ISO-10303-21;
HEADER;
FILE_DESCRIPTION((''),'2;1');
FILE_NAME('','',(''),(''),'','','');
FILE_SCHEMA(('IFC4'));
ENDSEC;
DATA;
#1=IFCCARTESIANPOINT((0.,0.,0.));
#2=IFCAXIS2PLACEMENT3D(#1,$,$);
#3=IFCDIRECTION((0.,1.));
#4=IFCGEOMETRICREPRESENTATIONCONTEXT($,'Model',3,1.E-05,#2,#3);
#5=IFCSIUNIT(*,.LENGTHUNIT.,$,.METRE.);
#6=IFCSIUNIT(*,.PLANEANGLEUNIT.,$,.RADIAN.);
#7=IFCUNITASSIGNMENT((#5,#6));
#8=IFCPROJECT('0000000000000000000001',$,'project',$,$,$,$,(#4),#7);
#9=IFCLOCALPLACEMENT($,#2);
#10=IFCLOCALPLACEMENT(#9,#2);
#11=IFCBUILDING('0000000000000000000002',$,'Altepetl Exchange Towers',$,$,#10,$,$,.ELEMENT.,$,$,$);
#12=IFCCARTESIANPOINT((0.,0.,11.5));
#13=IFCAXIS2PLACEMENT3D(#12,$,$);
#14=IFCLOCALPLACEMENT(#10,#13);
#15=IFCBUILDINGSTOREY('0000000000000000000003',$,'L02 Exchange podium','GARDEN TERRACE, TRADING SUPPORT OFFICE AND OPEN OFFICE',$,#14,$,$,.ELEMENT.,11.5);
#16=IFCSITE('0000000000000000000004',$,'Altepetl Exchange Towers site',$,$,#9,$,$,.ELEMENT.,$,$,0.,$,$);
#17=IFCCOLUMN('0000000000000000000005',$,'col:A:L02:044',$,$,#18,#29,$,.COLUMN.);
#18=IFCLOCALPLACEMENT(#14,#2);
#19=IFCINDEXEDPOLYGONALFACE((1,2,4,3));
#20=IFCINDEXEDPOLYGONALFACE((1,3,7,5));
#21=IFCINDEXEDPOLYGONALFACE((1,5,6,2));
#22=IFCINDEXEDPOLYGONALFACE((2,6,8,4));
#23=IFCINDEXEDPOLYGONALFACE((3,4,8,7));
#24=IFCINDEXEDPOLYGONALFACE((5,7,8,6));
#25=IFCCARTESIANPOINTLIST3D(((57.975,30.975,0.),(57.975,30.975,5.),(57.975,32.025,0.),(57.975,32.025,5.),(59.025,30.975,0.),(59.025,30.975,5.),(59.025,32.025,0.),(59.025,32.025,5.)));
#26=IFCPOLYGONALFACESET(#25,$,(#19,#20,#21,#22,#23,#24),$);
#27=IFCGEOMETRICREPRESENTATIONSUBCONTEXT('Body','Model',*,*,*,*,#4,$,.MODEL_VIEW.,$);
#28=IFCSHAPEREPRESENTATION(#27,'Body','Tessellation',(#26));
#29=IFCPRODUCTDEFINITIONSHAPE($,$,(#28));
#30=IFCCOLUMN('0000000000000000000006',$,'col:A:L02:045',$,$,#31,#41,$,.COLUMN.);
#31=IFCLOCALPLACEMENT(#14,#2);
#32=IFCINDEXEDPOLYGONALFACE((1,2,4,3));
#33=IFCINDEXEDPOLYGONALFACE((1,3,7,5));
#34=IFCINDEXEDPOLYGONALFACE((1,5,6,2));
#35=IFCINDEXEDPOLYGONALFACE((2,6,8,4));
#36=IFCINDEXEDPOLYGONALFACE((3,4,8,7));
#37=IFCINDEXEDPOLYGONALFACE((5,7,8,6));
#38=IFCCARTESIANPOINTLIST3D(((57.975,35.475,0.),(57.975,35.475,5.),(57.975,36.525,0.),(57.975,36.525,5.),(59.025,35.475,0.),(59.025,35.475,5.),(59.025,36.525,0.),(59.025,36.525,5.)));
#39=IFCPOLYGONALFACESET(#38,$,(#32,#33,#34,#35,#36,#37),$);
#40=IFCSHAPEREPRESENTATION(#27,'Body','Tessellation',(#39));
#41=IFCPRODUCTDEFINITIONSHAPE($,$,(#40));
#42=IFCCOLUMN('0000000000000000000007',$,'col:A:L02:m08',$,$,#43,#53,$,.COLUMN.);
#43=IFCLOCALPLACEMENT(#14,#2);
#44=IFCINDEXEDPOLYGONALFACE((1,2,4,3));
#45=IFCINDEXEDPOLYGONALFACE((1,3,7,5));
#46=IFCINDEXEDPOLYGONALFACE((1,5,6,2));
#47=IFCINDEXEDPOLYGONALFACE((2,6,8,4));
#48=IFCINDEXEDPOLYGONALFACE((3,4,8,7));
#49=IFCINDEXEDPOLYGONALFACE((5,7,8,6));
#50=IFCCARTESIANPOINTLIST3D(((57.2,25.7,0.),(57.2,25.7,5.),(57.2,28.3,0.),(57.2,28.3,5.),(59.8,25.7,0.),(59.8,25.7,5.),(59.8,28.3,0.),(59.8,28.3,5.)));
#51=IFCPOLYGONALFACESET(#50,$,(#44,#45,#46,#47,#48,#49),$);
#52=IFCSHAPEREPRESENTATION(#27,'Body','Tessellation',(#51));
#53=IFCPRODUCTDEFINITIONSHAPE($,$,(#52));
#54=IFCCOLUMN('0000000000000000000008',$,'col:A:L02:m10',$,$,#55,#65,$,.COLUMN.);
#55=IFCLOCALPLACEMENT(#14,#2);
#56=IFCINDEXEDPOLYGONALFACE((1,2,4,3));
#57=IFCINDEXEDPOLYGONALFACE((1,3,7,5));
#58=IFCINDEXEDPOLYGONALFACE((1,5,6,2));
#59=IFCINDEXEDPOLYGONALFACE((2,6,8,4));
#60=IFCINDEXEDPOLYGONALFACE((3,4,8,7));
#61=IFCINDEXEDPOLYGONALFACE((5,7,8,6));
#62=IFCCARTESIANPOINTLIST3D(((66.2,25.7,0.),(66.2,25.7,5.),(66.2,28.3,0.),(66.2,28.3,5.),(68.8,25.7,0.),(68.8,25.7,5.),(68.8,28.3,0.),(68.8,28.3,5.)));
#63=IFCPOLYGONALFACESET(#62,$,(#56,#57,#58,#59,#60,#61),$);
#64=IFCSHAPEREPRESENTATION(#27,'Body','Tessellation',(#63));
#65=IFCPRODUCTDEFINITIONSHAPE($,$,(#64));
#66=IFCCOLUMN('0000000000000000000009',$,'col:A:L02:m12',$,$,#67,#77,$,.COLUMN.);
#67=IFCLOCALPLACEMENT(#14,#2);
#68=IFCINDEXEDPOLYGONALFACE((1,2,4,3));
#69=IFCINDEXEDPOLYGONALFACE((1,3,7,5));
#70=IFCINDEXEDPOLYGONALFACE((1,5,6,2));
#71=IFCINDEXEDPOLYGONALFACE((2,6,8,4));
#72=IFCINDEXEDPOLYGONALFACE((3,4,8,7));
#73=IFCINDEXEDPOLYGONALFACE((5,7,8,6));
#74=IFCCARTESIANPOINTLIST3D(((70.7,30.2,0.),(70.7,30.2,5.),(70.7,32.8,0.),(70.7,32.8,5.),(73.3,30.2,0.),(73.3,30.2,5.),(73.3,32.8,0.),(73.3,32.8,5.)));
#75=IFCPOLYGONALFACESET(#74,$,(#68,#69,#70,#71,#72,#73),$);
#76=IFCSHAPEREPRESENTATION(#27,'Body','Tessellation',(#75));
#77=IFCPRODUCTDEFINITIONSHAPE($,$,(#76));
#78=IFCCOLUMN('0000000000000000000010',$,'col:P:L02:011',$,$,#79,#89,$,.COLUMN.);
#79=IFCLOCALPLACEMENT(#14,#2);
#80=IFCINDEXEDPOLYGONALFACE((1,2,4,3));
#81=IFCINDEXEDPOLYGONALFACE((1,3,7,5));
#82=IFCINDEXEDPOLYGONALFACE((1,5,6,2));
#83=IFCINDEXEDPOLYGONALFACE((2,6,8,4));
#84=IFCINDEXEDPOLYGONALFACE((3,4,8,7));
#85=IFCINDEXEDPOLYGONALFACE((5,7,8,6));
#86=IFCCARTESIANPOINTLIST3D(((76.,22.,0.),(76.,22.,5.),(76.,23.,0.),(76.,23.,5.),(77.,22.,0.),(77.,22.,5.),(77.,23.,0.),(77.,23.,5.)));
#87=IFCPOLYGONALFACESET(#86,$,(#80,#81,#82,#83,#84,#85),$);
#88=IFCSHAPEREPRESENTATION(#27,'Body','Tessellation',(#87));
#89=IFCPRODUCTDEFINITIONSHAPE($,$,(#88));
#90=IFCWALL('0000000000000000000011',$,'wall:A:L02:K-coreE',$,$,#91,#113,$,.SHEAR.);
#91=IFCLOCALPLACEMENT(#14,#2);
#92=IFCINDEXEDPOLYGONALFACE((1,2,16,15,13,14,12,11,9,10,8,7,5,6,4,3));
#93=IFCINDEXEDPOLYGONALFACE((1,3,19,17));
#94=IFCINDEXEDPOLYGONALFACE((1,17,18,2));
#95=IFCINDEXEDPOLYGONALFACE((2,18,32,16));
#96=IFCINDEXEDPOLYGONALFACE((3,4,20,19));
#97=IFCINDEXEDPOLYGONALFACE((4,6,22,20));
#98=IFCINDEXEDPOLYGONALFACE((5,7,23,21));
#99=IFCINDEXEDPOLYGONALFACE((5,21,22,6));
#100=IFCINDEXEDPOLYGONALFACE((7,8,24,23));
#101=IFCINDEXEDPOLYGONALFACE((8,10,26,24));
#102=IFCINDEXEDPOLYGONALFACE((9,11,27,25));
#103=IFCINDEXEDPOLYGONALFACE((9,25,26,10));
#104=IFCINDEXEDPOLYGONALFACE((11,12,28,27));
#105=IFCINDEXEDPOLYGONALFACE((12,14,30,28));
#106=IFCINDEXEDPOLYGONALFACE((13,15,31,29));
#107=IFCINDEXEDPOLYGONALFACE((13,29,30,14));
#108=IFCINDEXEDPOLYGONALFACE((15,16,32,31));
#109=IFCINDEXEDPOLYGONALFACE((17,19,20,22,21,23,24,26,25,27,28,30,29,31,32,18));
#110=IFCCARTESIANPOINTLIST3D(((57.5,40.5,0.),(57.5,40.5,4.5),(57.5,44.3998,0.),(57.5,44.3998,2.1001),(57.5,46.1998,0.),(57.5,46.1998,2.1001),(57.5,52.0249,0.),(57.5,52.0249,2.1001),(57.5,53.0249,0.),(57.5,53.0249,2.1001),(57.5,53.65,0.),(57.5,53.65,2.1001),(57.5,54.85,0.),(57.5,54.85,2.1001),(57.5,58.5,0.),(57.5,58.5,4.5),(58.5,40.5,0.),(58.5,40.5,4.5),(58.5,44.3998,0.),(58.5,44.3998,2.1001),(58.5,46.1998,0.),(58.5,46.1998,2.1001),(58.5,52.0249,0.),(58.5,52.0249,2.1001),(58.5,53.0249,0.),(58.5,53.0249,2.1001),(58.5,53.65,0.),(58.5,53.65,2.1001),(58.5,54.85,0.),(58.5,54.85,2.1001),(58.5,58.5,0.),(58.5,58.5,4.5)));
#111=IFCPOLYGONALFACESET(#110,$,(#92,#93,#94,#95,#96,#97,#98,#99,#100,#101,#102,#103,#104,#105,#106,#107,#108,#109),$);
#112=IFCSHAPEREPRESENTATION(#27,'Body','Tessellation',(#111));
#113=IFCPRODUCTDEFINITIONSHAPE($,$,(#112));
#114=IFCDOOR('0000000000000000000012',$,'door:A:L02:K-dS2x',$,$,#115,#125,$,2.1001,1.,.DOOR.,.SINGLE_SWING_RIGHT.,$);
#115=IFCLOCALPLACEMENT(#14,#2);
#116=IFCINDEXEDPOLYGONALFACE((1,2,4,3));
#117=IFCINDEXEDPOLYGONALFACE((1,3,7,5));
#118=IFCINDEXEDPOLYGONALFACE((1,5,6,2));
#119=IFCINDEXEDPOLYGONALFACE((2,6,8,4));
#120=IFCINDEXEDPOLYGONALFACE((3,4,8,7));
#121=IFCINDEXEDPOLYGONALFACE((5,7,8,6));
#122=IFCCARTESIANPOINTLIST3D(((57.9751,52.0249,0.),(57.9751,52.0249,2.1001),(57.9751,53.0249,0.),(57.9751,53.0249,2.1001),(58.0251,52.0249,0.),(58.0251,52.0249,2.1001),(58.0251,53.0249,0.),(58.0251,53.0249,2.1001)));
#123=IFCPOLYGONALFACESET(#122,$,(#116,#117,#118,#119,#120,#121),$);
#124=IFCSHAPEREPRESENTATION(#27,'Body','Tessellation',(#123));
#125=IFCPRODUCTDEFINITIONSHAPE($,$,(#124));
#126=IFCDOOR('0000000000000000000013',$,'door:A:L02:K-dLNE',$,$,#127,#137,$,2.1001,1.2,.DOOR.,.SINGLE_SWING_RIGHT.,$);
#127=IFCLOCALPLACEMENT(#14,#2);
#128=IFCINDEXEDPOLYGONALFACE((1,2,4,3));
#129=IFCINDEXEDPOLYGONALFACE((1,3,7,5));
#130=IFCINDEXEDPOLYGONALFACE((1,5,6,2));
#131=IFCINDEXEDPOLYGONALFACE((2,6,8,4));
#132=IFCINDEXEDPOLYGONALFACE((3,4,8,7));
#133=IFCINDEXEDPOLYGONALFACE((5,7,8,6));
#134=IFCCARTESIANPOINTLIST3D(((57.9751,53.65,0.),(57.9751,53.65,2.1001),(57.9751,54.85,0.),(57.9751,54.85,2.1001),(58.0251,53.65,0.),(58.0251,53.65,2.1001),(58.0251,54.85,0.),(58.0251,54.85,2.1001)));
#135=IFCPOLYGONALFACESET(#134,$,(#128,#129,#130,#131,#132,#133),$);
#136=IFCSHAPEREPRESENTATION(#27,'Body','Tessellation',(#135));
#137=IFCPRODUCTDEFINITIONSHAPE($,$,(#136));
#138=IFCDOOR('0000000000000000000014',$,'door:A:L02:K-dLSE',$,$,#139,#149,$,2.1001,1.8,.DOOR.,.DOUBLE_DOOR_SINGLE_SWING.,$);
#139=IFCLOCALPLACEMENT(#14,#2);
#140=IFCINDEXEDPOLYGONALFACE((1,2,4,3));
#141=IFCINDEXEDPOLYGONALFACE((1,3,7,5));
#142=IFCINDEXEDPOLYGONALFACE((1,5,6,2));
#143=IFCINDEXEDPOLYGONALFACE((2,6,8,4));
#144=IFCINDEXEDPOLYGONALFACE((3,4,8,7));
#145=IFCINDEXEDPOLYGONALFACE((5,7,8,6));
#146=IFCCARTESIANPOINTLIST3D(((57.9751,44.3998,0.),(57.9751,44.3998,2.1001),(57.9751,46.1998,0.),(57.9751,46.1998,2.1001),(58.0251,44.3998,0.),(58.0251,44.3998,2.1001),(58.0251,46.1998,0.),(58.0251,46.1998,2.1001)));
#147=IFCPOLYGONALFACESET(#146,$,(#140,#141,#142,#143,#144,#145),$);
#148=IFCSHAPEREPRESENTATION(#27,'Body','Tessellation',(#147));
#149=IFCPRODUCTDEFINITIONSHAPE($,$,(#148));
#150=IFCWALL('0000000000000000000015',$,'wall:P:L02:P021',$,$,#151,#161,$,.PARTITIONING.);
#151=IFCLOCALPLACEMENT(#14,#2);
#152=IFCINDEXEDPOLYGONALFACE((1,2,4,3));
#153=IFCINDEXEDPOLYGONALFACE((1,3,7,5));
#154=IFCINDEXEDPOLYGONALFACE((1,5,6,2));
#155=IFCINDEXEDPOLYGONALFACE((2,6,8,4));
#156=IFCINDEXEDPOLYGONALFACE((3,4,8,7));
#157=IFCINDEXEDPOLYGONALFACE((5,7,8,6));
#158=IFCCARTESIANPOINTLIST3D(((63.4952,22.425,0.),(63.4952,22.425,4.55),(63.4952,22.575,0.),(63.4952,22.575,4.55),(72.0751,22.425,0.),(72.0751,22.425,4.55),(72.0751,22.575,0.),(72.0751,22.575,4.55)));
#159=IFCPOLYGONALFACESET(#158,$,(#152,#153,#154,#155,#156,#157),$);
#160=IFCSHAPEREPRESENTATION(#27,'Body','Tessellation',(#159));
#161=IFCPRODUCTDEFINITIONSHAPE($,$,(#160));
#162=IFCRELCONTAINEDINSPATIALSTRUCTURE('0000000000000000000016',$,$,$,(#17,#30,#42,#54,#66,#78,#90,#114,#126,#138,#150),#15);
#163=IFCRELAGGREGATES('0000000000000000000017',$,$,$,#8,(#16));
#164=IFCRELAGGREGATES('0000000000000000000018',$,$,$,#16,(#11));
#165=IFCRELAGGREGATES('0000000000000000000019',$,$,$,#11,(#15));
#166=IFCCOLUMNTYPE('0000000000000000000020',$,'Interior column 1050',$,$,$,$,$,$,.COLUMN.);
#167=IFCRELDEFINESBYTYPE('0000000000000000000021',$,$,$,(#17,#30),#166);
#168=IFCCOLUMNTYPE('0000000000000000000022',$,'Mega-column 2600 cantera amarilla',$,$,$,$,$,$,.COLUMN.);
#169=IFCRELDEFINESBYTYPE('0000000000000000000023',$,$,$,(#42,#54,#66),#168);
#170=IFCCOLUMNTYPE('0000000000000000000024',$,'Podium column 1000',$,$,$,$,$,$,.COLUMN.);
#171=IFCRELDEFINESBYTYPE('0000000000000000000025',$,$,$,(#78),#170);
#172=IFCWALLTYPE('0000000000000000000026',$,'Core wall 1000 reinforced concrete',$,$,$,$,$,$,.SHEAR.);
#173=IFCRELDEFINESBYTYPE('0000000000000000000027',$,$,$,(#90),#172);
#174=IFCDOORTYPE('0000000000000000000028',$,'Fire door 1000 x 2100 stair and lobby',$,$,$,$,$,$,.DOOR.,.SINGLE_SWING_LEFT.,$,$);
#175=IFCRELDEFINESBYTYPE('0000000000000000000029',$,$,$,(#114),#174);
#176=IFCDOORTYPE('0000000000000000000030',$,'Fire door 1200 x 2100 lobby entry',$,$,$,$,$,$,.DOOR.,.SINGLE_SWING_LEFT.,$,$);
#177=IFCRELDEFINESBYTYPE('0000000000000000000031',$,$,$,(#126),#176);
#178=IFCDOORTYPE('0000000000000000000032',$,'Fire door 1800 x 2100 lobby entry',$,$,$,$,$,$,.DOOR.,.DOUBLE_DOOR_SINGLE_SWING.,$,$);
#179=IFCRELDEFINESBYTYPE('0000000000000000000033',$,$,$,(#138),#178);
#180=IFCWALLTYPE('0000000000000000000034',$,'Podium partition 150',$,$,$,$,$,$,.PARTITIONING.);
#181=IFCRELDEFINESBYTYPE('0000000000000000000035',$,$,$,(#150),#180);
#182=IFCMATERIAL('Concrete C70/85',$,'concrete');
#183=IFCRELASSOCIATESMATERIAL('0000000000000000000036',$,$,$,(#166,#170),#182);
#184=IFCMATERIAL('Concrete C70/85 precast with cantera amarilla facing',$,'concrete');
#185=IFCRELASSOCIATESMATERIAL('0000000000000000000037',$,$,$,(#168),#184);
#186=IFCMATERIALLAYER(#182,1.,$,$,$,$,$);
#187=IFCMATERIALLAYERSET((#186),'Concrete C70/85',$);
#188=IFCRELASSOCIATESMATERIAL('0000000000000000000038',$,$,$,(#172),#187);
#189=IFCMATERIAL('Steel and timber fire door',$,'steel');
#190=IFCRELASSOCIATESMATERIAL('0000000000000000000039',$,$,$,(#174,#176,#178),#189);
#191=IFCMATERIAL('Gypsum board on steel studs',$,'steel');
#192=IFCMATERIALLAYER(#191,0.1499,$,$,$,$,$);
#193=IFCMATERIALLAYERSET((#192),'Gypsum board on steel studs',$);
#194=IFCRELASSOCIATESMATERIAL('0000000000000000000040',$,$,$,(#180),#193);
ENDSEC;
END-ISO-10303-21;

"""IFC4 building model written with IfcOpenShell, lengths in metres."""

from ifc_helpers import new_model, si_unit, direction, frame, frame_2d, origin, origin_2d, place, context, subcontext, project, spatial, rectangle, extrude, material, layer, layer_set, material_profile, profile_set, type_object, element, fill, save


model = new_model("IFC4")

# Units and contexts
model_context = context("Model", 3, precision=1e-05, world=origin(), true_north=direction((0.0, 1.0)))
body_context = subcontext(model_context, "Body", "Model", "MODEL_VIEW")
ifc_project = project(units=[si_unit("LENGTHUNIT", "METRE"), si_unit("PLANEANGLEUNIT", "RADIAN")], contexts=[model_context])

# Site, building, storey
site_placement = place(None, origin())
site = spatial("IfcSite", under=ifc_project, at=site_placement, Name="Altepetl Exchange Towers site", CompositionType="ELEMENT", RefElevation=0.0)
building_placement = place(site_placement, origin())
building = spatial("IfcBuilding", under=site, at=building_placement, Name="Altepetl Exchange Towers", CompositionType="ELEMENT")
storey_placement = place(building_placement, frame((0.0, 0.0, 11.5)))
storey = spatial("IfcBuildingStorey", under=building, at=storey_placement, Name="L02 Exchange podium", Description="GARDEN TERRACE, TRADING SUPPORT OFFICE AND OPEN OFFICE", CompositionType="ELEMENT", Elevation=11.5)

# Columns
ifc_material_1 = material(Name="Concrete C70/85", Category="concrete")
ifc_material_profile_1 = material_profile(ifc_material_1, rectangle(XDim=1.05, YDim=1.05, at=origin_2d()), Name="1050 x 1050")
ifc_profile_set_1 = profile_set([ifc_material_profile_1], Name="Concrete C70/85")
column_type_1 = type_object("IfcColumnType", Name="Interior column 1050", PredefinedType="COLUMN", material=ifc_profile_set_1)
for number, where, name in (
    (1, (58.5, 31.5, 0.0), "col:A:L02:044"),
    (2, (58.5, 36.0, 0.0), "col:A:L02:045"),
):
    element("IfcColumn", number, at=place(storey_placement, frame(where)), inside=storey, type_object=column_type_1, Name=name, PredefinedType="COLUMN", context=body_context, shape_type="SweptSolid", body=[
        extrude(rectangle(XDim=1.05, YDim=1.05, at=origin_2d()), origin(), (0.0, 0.0, 1.0), 5.0),
    ])
ifc_material_2 = material(Name="Concrete C70/85 precast with cantera amarilla facing", Category="concrete")
ifc_material_profile_2 = material_profile(ifc_material_2, rectangle(XDim=2.6001, YDim=2.6001, at=origin_2d()), Name="2600 x 2600")
ifc_profile_set_2 = profile_set([ifc_material_profile_2], Name="Concrete C70/85 precast with cantera amarilla facing")
column_type_2 = type_object("IfcColumnType", Name="Mega-column 2600 cantera amarilla", PredefinedType="COLUMN", material=ifc_profile_set_2)
for number, where, name in (
    (3, (58.5, 27.0, 0.0), "col:A:L02:m08"),
    (4, (67.5, 27.0, 0.0), "col:A:L02:m10"),
    (5, (72.0, 31.5, 0.0), "col:A:L02:m12"),
):
    element("IfcColumn", number, at=place(storey_placement, frame(where)), inside=storey, type_object=column_type_2, Name=name, PredefinedType="COLUMN", context=body_context, shape_type="SweptSolid", body=[
        extrude(rectangle(XDim=2.6001, YDim=2.6001, at=origin_2d()), origin(), (0.0, 0.0, 1.0), 5.0),
    ])
ifc_material_profile_3 = material_profile(ifc_material_1, rectangle(XDim=1.0, YDim=1.0, at=origin_2d()), Name="1000 x 1000")
ifc_profile_set_3 = profile_set([ifc_material_profile_3], Name="Concrete C70/85")
column_type_3 = type_object("IfcColumnType", Name="Podium column 1000", PredefinedType="COLUMN", material=ifc_profile_set_3)
column_placement = place(storey_placement, frame((76.5, 22.5, 0.0)))
element("IfcColumn", 6, at=column_placement, inside=storey, type_object=column_type_3, Name="col:P:L02:011", PredefinedType="COLUMN", context=body_context, shape_type="SweptSolid", body=[
    extrude(rectangle(XDim=1.0, YDim=1.0, at=origin_2d()), origin(), (0.0, 0.0, 1.0), 5.0),
])

# Wall, openings, doors
ifc_layer_1 = layer(ifc_material_1, 1.0)
ifc_layer_set_1 = layer_set([ifc_layer_1], Name="Concrete C70/85")
wall_type_1 = type_object("IfcWallType", Name="Core wall 1000 reinforced concrete", PredefinedType="SHEAR", material=ifc_layer_set_1)
wall_1_placement = place(storey_placement, frame((58.0, 40.5, 0.0), z_axis=(0.0, 0.0, 1.0), x_axis=(0.0, 1.0, 0.0)))
wall_1 = element("IfcWall", 7, at=wall_1_placement, inside=storey, type_object=wall_type_1, Name="wall:A:L02:K-coreE", PredefinedType="SHEAR", context=body_context, shape_type="SweptSolid", body=[
    extrude(rectangle(XDim=18.0, YDim=1.0, at=frame_2d((9.0, 0.0))), origin(), (0.0, 0.0, 1.0), 4.5),
])
opening_1_placement = place(wall_1_placement, frame((13.1499, 0.0, 0.0)))
opening_1 = element("IfcOpeningElement", 8, at=opening_1_placement, cuts=wall_1, PredefinedType="OPENING", context=body_context, shape_type="SweptSolid", body=[
    extrude(rectangle(XDim=1.2, YDim=2.1001, at=frame_2d((0.6001, 1.05))), frame((0.0, 0.51, 0.0), z_axis=(0.0, -1.0, 0.0), x_axis=(1.0, 0.0, 0.0)), (0.0, 0.0, 1.0), 1.02),
])
opening_2_placement = place(wall_1_placement, frame((3.8999, 0.0, 0.0)))
opening_2 = element("IfcOpeningElement", 9, at=opening_2_placement, cuts=wall_1, PredefinedType="OPENING", context=body_context, shape_type="SweptSolid", body=[
    extrude(rectangle(XDim=1.8, YDim=2.1001, at=frame_2d((0.8999, 1.05))), frame((0.0, 0.51, 0.0), z_axis=(0.0, -1.0, 0.0), x_axis=(1.0, 0.0, 0.0)), (0.0, 0.0, 1.0), 1.02),
])
opening_3_placement = place(wall_1_placement, frame((11.5249, 0.0, 0.0)))
opening_3 = element("IfcOpeningElement", 10, at=opening_3_placement, cuts=wall_1, PredefinedType="OPENING", context=body_context, shape_type="SweptSolid", body=[
    extrude(rectangle(XDim=1.0, YDim=2.1001, at=frame_2d((0.5, 1.05))), frame((0.0, 0.51, 0.0), z_axis=(0.0, -1.0, 0.0), x_axis=(1.0, 0.0, 0.0)), (0.0, 0.0, 1.0), 1.02),
])
ifc_material_3 = material(Name="Steel and timber fire door", Category="steel")
door_type_1 = type_object("IfcDoorType", Name="Fire door 1000 x 2100 stair and lobby", OperationType="SINGLE_SWING_LEFT", PredefinedType="DOOR", material=ifc_material_3)
door_1_placement = place(opening_3_placement, origin())
door_1 = element("IfcDoor", 11, at=door_1_placement, inside=storey, type_object=door_type_1, Name="door:A:L02:K-dS2x", OperationType="SINGLE_SWING_RIGHT", OverallHeight=2.1001, OverallWidth=1.0, PredefinedType="DOOR", context=body_context, shape_type="SweptSolid", body=[
    extrude(rectangle(XDim=1.0, YDim=2.1001, at=frame_2d((0.5, 1.05))), frame((0.0, 0.0249, 0.0), z_axis=(0.0, -1.0, 0.0), x_axis=(1.0, 0.0, 0.0)), (0.0, 0.0, 1.0), 0.05),
])
fill(opening_3, door_1)
door_type_2 = type_object("IfcDoorType", Name="Fire door 1200 x 2100 lobby entry", OperationType="SINGLE_SWING_LEFT", PredefinedType="DOOR", material=ifc_material_3)
door_2_placement = place(opening_1_placement, origin())
door_2 = element("IfcDoor", 12, at=door_2_placement, inside=storey, type_object=door_type_2, Name="door:A:L02:K-dLNE", OperationType="SINGLE_SWING_RIGHT", OverallHeight=2.1001, OverallWidth=1.2, PredefinedType="DOOR", context=body_context, shape_type="SweptSolid", body=[
    extrude(rectangle(XDim=1.2, YDim=2.1001, at=frame_2d((0.6001, 1.05))), frame((0.0, 0.0249, 0.0), z_axis=(0.0, -1.0, 0.0), x_axis=(1.0, 0.0, 0.0)), (0.0, 0.0, 1.0), 0.05),
])
fill(opening_1, door_2)
door_type_3 = type_object("IfcDoorType", Name="Fire door 1800 x 2100 lobby entry", OperationType="DOUBLE_DOOR_SINGLE_SWING", PredefinedType="DOOR", material=ifc_material_3)
door_3_placement = place(opening_2_placement, origin())
door_3 = element("IfcDoor", 13, at=door_3_placement, inside=storey, type_object=door_type_3, Name="door:A:L02:K-dLSE", OperationType="DOUBLE_DOOR_SINGLE_SWING", OverallHeight=2.1001, OverallWidth=1.8, PredefinedType="DOOR", context=body_context, shape_type="SweptSolid", body=[
    extrude(rectangle(XDim=1.8, YDim=2.1001, at=frame_2d((0.8999, 1.05))), frame((0.0, 0.0249, 0.0), z_axis=(0.0, -1.0, 0.0), x_axis=(1.0, 0.0, 0.0)), (0.0, 0.0, 1.0), 0.05),
])
fill(opening_2, door_3)

# Wall
ifc_material_4 = material(Name="Gypsum board on steel studs", Category="steel")
ifc_layer_2 = layer(ifc_material_4, 0.1499)
ifc_layer_set_2 = layer_set([ifc_layer_2], Name="Gypsum board on steel studs")
wall_type_2 = type_object("IfcWallType", Name="Podium partition 150", PredefinedType="PARTITIONING", material=ifc_layer_set_2)
wall_2_placement = place(storey_placement, frame((63.4951, 22.5, 0.0)))
element("IfcWall", 14, at=wall_2_placement, inside=storey, type_object=wall_type_2, Name="wall:P:L02:P021", PredefinedType="PARTITIONING", context=body_context, shape_type="SweptSolid", body=[
    extrude(rectangle(XDim=8.5798, YDim=0.1499, at=frame_2d((4.29, 0.0))), origin(), (0.0, 0.0, 1.0), 4.55),
])

save(model, "model.ifc")
